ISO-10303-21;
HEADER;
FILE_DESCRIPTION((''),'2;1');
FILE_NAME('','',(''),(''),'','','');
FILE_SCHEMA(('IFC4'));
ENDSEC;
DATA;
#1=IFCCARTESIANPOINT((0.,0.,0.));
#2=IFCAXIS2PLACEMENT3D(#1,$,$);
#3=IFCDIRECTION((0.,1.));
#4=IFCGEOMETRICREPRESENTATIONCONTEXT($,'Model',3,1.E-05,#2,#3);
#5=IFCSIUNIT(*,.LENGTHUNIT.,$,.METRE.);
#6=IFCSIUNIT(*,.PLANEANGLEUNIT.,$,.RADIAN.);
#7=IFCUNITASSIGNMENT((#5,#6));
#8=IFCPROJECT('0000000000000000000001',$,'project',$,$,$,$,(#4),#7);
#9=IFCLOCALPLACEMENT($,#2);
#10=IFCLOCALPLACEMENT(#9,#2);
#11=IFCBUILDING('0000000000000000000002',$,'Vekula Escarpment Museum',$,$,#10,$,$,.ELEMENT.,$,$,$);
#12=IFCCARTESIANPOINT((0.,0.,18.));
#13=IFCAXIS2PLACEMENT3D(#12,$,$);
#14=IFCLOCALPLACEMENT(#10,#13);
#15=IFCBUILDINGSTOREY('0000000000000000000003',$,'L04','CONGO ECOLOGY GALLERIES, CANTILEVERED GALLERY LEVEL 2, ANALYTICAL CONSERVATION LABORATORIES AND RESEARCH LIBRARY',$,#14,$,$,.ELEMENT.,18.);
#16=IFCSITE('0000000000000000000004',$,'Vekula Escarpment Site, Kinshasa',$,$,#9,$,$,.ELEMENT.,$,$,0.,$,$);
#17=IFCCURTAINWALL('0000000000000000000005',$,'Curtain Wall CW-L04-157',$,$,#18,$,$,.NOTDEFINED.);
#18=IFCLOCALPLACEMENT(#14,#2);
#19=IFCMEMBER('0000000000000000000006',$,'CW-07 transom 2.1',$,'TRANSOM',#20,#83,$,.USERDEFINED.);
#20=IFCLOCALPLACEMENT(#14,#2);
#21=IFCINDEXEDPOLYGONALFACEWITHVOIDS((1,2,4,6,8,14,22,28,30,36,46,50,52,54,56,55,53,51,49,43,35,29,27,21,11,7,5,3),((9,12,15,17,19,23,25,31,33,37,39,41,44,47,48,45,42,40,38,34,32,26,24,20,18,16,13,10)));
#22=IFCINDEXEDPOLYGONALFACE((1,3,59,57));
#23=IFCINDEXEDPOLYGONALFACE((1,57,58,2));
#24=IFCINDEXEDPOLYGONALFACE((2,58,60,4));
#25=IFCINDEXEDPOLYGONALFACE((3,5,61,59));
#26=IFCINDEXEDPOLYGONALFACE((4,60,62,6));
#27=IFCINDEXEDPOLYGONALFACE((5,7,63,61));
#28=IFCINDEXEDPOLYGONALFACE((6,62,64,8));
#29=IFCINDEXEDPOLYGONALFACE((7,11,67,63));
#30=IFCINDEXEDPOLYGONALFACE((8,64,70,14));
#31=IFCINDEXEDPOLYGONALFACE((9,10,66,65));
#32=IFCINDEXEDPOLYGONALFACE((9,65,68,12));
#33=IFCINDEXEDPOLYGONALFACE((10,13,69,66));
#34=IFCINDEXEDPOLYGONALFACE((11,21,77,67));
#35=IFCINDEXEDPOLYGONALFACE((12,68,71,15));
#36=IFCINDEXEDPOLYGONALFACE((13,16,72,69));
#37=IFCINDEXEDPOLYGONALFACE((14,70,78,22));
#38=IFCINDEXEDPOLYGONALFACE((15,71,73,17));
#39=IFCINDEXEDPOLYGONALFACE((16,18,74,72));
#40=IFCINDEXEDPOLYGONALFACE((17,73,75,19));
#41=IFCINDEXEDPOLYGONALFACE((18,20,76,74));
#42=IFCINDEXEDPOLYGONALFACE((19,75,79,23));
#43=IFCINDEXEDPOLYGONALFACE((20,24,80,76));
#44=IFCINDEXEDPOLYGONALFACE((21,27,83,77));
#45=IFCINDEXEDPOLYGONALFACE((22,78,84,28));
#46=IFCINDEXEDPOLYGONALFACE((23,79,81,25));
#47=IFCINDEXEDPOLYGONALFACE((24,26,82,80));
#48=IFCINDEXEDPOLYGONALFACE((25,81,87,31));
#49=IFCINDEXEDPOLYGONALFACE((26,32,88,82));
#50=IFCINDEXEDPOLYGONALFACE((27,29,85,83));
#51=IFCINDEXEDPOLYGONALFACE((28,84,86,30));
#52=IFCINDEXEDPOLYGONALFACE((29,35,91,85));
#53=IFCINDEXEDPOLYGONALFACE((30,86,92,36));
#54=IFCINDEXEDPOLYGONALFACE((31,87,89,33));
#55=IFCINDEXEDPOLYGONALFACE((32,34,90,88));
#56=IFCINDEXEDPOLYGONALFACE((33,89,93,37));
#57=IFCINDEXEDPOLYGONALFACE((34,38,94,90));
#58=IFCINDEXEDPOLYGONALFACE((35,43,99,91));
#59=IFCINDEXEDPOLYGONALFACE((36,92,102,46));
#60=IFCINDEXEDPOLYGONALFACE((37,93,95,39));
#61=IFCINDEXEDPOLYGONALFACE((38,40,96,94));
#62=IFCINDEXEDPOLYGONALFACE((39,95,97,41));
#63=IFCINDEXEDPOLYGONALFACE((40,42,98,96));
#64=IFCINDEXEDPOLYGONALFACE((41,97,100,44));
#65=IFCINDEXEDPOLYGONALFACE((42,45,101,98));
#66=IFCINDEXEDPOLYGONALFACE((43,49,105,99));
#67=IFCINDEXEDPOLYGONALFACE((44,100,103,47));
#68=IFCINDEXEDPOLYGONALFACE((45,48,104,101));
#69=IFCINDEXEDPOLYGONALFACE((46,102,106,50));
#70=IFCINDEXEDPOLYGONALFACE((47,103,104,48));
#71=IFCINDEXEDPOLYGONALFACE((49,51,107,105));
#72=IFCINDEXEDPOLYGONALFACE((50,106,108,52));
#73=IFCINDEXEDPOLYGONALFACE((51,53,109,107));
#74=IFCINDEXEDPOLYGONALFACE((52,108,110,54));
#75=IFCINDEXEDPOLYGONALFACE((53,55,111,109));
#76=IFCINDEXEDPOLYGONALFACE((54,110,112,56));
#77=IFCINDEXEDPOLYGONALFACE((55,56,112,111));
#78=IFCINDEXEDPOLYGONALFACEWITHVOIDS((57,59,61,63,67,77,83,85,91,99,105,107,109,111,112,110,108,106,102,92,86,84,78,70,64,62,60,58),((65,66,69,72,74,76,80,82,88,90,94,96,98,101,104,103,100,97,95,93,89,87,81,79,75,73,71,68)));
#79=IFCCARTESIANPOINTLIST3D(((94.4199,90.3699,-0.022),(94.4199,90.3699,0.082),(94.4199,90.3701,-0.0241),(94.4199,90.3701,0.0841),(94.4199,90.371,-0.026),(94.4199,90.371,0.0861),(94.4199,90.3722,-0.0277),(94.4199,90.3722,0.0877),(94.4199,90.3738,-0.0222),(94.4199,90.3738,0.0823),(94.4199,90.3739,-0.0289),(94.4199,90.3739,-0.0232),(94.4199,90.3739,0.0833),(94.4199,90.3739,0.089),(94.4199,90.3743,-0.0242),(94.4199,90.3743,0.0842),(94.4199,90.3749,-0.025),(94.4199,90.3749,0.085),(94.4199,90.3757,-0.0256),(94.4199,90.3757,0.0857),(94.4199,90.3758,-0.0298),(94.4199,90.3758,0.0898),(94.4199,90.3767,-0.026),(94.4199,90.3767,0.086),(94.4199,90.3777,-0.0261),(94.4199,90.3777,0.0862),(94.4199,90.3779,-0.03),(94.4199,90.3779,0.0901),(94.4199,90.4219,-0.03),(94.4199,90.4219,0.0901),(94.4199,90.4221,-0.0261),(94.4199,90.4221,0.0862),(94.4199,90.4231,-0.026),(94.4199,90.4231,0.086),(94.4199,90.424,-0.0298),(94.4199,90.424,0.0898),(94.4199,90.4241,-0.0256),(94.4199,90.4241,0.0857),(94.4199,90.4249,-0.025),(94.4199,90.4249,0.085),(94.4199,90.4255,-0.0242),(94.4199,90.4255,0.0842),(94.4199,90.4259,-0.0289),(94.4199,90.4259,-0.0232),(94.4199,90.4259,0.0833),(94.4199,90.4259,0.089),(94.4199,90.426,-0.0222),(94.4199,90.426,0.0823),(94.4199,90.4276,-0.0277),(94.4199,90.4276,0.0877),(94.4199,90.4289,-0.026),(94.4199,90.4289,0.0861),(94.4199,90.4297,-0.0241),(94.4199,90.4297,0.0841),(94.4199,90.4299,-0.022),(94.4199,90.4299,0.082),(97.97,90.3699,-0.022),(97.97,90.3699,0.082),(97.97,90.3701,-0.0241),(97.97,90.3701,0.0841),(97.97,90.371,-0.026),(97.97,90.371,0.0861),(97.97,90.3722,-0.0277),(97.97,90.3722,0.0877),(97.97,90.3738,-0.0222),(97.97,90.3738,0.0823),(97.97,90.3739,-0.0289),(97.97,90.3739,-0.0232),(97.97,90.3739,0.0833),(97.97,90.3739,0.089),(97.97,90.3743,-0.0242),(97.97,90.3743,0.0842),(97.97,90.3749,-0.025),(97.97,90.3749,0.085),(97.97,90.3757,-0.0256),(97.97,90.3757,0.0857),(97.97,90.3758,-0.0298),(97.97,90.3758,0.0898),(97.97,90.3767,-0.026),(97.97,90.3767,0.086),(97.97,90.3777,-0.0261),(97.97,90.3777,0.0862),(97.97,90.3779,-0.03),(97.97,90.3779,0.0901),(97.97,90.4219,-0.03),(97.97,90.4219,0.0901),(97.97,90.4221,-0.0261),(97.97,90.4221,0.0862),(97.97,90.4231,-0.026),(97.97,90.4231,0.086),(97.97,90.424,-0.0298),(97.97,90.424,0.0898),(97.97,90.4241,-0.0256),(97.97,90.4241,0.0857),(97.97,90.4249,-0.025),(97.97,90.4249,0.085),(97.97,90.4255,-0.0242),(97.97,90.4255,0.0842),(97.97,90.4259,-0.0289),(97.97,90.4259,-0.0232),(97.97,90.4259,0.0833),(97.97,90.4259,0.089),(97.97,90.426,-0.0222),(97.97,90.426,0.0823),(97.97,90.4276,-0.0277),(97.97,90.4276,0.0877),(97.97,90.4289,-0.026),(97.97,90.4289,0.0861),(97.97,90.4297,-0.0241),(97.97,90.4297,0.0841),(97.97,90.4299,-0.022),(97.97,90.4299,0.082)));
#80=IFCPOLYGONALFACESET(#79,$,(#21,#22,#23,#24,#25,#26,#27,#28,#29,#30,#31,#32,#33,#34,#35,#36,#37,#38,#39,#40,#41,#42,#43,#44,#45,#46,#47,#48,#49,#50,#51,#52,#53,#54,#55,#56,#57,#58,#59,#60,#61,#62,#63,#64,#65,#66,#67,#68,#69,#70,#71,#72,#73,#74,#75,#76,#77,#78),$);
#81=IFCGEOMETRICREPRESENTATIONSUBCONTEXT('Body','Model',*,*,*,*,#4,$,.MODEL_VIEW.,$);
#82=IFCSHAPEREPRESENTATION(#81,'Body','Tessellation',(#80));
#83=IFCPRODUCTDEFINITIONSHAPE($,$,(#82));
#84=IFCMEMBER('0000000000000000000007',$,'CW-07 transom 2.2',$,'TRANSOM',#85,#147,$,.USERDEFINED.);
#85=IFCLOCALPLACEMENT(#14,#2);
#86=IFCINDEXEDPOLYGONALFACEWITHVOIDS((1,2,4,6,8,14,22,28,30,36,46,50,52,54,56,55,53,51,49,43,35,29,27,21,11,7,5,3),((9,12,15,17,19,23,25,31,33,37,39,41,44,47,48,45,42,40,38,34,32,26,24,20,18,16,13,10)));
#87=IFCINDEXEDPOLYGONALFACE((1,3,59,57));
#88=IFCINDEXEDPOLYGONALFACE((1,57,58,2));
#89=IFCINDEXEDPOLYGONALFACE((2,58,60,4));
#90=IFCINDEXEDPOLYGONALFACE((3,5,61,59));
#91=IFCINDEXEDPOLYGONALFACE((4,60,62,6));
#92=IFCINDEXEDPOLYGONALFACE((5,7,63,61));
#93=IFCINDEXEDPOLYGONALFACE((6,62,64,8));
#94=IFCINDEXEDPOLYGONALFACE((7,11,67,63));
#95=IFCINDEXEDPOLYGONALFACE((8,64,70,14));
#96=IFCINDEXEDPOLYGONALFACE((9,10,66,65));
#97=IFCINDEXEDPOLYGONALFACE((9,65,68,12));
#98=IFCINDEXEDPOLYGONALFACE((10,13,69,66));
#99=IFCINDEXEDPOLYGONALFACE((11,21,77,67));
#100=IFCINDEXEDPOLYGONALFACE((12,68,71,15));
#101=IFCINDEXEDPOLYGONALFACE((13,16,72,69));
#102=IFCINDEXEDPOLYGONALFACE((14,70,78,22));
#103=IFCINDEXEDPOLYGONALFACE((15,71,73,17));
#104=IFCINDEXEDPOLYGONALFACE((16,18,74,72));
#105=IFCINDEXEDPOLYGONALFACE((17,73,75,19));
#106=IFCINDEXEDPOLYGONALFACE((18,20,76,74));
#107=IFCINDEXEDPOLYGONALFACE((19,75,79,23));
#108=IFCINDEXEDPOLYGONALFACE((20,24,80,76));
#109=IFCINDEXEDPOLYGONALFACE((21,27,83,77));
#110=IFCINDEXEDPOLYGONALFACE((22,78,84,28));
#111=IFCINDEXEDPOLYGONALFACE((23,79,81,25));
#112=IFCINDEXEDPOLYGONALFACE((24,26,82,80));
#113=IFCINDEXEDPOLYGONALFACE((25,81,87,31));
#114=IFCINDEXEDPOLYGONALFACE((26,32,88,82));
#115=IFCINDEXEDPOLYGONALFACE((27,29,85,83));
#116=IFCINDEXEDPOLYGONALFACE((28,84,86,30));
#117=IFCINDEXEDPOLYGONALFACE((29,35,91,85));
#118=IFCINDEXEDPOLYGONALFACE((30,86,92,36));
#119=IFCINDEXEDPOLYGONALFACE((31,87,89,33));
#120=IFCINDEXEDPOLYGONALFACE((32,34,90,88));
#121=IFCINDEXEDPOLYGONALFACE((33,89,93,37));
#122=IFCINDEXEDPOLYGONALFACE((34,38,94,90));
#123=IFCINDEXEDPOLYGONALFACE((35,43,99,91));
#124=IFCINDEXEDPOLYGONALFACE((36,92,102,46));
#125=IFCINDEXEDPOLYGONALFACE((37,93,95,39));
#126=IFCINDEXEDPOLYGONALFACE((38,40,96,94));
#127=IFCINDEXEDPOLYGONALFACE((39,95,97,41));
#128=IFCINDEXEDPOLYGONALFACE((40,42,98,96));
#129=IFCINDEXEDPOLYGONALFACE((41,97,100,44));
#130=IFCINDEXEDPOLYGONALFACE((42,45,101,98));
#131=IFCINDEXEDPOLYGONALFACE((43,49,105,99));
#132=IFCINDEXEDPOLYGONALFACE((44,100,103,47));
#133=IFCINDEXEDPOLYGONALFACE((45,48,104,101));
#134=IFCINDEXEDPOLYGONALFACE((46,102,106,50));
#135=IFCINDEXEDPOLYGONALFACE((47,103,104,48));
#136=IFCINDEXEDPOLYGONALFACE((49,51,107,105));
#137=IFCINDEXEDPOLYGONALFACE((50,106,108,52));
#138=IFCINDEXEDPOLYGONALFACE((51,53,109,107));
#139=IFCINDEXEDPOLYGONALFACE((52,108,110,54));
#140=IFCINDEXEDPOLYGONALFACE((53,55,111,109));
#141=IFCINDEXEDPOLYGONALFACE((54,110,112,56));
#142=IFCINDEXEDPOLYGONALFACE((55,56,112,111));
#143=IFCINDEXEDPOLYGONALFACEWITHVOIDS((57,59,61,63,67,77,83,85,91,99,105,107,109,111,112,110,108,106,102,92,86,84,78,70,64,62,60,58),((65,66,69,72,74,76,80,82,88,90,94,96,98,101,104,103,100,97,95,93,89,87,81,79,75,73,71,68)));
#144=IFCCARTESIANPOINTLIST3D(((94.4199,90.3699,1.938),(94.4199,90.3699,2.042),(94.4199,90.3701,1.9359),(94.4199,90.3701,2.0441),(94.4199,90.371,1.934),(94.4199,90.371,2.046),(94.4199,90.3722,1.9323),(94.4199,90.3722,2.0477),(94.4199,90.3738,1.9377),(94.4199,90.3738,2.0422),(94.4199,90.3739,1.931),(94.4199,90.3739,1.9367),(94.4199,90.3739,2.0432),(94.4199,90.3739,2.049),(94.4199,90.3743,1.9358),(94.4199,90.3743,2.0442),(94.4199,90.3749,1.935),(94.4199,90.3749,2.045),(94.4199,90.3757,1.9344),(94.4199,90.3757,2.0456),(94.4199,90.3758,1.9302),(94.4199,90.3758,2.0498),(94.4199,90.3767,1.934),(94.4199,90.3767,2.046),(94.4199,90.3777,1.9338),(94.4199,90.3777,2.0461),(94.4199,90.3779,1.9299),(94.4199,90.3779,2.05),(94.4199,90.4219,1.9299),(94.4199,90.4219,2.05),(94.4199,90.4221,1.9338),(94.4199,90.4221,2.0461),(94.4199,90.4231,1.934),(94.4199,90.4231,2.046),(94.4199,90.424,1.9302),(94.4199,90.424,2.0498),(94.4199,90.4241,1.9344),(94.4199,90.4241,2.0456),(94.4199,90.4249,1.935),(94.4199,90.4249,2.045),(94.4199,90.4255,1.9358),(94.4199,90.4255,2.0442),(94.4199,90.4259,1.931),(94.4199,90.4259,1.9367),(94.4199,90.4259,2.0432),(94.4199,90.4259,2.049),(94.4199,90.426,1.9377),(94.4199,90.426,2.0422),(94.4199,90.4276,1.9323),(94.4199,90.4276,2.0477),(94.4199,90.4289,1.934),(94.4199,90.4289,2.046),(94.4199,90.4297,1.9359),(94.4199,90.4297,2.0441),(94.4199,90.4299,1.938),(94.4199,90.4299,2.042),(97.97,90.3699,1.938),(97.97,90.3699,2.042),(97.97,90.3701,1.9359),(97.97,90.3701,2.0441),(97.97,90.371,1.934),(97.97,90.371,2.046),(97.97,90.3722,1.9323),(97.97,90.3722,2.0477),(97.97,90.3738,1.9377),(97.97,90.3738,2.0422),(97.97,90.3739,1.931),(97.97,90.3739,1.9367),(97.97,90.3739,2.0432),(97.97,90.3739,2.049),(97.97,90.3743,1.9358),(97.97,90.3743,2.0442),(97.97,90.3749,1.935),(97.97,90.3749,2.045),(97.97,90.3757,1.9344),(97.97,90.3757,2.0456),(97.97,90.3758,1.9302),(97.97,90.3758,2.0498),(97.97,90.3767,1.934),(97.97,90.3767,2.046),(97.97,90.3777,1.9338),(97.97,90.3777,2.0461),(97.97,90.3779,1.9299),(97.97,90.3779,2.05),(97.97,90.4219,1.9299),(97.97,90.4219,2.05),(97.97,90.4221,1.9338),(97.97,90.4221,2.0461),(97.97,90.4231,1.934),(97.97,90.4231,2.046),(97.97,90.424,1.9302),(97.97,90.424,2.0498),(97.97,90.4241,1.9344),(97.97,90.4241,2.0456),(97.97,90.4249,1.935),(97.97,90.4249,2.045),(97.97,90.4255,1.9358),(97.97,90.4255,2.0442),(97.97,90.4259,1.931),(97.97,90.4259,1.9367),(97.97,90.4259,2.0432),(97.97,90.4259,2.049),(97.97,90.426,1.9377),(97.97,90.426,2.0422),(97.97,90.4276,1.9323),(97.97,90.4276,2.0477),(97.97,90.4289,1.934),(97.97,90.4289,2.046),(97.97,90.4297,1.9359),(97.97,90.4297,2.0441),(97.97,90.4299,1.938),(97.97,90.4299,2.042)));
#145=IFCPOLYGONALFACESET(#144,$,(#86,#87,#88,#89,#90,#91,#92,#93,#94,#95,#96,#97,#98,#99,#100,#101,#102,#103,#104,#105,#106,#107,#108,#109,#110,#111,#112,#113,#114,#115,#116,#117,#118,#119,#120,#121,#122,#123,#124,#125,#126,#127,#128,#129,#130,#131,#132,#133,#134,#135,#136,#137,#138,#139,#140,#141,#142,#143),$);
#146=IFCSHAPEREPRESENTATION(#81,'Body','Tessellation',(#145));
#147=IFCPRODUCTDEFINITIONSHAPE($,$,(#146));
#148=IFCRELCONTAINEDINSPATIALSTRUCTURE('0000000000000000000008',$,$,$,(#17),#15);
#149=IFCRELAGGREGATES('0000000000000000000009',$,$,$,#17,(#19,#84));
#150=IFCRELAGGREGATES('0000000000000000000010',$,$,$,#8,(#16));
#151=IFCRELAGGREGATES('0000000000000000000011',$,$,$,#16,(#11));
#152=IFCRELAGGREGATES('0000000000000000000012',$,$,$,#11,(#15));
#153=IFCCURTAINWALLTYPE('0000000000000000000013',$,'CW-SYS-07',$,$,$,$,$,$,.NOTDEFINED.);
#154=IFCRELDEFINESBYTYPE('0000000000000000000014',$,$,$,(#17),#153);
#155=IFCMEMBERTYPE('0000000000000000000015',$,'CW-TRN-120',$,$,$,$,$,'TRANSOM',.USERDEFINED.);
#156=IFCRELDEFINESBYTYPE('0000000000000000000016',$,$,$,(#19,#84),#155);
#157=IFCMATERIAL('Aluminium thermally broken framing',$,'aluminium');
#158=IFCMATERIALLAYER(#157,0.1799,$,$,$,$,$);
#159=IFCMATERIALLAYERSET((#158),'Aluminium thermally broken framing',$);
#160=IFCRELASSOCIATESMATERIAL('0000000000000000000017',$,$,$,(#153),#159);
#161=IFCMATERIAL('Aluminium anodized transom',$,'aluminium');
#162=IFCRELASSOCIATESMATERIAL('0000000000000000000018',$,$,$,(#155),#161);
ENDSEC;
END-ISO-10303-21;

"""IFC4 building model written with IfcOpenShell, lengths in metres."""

from ifc_helpers import new_model, si_unit, direction, frame, origin, origin_2d, place, context, subcontext, project, spatial, hollow_rectangle, extrude, material, layer, layer_set, material_profile, profile_set, type_object, element, aggregate, save


model = new_model("IFC4")

# Units and contexts
model_context = context("Model", 3, precision=1e-05, world=origin(), true_north=direction((0.0, 1.0)))
body_context = subcontext(model_context, "Body", "Model", "MODEL_VIEW")
ifc_project = project(units=[si_unit("LENGTHUNIT", "METRE"), si_unit("PLANEANGLEUNIT", "RADIAN")], contexts=[model_context])

# Site, building, storey
site_placement = place(None, origin())
site = spatial("IfcSite", under=ifc_project, at=site_placement, Name="Vekula Escarpment Site, Kinshasa", CompositionType="ELEMENT", RefElevation=0.0)
building_placement = place(site_placement, origin())
building = spatial("IfcBuilding", under=site, at=building_placement, Name="Vekula Escarpment Museum", CompositionType="ELEMENT")
storey_placement = place(building_placement, frame((0.0, 0.0, 18.0)))
storey = spatial("IfcBuildingStorey", under=building, at=storey_placement, Name="L04", Description="CONGO ECOLOGY GALLERIES, CANTILEVERED GALLERY LEVEL 2, ANALYTICAL CONSERVATION LABORATORIES AND RESEARCH LIBRARY", CompositionType="ELEMENT", Elevation=18.0)

# Curtain wall
ifc_material_1 = material(Name="Aluminium thermally broken framing", Category="aluminium")
ifc_layer_1 = layer(ifc_material_1, 0.1799)
ifc_layer_set_1 = layer_set([ifc_layer_1], Name="Aluminium thermally broken framing")
curtain_wall_type_1 = type_object("IfcCurtainWallType", Name="CW-SYS-07", PredefinedType="NOTDEFINED", material=ifc_layer_set_1)
curtain_wall_1_placement = place(storey_placement, origin())
curtain_wall_1 = element("IfcCurtainWall", 1, at=curtain_wall_1_placement, inside=storey, type_object=curtain_wall_type_1, Name="Curtain Wall CW-L04-157", PredefinedType="NOTDEFINED")

# Members
ifc_material_2 = material(Name="Aluminium anodized transom", Category="aluminium")
ifc_material_profile_1 = material_profile(ifc_material_2, hollow_rectangle(XDim=0.0601, YDim=0.1201, WallThickness=0.0039, InnerFilletRadius=0.0039, OuterFilletRadius=0.0081, at=origin_2d()), Name="ALU 120x60x4")
ifc_profile_set_1 = profile_set([ifc_material_profile_1], Name="Aluminium anodized transom")
member_type_1 = type_object("IfcMemberType", Name="CW-TRN-120", ElementType="TRANSOM", PredefinedType="USERDEFINED", material=ifc_profile_set_1)
member_1_placement = place(storey_placement, frame((97.97, 90.3999, 0.03), z_axis=(-1.0, 0.0, 0.0), x_axis=(0.0, -1.0, 0.0)))
member_1 = element("IfcMember", 2, at=member_1_placement, type_object=member_type_1, Name="CW-07 transom 2.1", ObjectType="TRANSOM", PredefinedType="USERDEFINED", context=body_context, shape_type="SweptSolid", body=[
    extrude(hollow_rectangle(XDim=0.0601, YDim=0.1201, WallThickness=0.0039, InnerFilletRadius=0.0039, OuterFilletRadius=0.0081, at=origin_2d()), origin(), (0.0, 0.0, 1.0), 3.55),
])
member_2_placement = place(storey_placement, frame((97.97, 90.3999, 1.99), z_axis=(-1.0, 0.0, 0.0), x_axis=(0.0, -1.0, 0.0)))
member_2 = element("IfcMember", 3, at=member_2_placement, type_object=member_type_1, Name="CW-07 transom 2.2", ObjectType="TRANSOM", PredefinedType="USERDEFINED", context=body_context, shape_type="SweptSolid", body=[
    extrude(hollow_rectangle(XDim=0.0601, YDim=0.1201, WallThickness=0.0039, InnerFilletRadius=0.0039, OuterFilletRadius=0.0081, at=origin_2d()), origin(), (0.0, 0.0, 1.0), 3.55),
])

aggregate(curtain_wall_1, [member_1, member_2])

save(model, "model.ifc")
